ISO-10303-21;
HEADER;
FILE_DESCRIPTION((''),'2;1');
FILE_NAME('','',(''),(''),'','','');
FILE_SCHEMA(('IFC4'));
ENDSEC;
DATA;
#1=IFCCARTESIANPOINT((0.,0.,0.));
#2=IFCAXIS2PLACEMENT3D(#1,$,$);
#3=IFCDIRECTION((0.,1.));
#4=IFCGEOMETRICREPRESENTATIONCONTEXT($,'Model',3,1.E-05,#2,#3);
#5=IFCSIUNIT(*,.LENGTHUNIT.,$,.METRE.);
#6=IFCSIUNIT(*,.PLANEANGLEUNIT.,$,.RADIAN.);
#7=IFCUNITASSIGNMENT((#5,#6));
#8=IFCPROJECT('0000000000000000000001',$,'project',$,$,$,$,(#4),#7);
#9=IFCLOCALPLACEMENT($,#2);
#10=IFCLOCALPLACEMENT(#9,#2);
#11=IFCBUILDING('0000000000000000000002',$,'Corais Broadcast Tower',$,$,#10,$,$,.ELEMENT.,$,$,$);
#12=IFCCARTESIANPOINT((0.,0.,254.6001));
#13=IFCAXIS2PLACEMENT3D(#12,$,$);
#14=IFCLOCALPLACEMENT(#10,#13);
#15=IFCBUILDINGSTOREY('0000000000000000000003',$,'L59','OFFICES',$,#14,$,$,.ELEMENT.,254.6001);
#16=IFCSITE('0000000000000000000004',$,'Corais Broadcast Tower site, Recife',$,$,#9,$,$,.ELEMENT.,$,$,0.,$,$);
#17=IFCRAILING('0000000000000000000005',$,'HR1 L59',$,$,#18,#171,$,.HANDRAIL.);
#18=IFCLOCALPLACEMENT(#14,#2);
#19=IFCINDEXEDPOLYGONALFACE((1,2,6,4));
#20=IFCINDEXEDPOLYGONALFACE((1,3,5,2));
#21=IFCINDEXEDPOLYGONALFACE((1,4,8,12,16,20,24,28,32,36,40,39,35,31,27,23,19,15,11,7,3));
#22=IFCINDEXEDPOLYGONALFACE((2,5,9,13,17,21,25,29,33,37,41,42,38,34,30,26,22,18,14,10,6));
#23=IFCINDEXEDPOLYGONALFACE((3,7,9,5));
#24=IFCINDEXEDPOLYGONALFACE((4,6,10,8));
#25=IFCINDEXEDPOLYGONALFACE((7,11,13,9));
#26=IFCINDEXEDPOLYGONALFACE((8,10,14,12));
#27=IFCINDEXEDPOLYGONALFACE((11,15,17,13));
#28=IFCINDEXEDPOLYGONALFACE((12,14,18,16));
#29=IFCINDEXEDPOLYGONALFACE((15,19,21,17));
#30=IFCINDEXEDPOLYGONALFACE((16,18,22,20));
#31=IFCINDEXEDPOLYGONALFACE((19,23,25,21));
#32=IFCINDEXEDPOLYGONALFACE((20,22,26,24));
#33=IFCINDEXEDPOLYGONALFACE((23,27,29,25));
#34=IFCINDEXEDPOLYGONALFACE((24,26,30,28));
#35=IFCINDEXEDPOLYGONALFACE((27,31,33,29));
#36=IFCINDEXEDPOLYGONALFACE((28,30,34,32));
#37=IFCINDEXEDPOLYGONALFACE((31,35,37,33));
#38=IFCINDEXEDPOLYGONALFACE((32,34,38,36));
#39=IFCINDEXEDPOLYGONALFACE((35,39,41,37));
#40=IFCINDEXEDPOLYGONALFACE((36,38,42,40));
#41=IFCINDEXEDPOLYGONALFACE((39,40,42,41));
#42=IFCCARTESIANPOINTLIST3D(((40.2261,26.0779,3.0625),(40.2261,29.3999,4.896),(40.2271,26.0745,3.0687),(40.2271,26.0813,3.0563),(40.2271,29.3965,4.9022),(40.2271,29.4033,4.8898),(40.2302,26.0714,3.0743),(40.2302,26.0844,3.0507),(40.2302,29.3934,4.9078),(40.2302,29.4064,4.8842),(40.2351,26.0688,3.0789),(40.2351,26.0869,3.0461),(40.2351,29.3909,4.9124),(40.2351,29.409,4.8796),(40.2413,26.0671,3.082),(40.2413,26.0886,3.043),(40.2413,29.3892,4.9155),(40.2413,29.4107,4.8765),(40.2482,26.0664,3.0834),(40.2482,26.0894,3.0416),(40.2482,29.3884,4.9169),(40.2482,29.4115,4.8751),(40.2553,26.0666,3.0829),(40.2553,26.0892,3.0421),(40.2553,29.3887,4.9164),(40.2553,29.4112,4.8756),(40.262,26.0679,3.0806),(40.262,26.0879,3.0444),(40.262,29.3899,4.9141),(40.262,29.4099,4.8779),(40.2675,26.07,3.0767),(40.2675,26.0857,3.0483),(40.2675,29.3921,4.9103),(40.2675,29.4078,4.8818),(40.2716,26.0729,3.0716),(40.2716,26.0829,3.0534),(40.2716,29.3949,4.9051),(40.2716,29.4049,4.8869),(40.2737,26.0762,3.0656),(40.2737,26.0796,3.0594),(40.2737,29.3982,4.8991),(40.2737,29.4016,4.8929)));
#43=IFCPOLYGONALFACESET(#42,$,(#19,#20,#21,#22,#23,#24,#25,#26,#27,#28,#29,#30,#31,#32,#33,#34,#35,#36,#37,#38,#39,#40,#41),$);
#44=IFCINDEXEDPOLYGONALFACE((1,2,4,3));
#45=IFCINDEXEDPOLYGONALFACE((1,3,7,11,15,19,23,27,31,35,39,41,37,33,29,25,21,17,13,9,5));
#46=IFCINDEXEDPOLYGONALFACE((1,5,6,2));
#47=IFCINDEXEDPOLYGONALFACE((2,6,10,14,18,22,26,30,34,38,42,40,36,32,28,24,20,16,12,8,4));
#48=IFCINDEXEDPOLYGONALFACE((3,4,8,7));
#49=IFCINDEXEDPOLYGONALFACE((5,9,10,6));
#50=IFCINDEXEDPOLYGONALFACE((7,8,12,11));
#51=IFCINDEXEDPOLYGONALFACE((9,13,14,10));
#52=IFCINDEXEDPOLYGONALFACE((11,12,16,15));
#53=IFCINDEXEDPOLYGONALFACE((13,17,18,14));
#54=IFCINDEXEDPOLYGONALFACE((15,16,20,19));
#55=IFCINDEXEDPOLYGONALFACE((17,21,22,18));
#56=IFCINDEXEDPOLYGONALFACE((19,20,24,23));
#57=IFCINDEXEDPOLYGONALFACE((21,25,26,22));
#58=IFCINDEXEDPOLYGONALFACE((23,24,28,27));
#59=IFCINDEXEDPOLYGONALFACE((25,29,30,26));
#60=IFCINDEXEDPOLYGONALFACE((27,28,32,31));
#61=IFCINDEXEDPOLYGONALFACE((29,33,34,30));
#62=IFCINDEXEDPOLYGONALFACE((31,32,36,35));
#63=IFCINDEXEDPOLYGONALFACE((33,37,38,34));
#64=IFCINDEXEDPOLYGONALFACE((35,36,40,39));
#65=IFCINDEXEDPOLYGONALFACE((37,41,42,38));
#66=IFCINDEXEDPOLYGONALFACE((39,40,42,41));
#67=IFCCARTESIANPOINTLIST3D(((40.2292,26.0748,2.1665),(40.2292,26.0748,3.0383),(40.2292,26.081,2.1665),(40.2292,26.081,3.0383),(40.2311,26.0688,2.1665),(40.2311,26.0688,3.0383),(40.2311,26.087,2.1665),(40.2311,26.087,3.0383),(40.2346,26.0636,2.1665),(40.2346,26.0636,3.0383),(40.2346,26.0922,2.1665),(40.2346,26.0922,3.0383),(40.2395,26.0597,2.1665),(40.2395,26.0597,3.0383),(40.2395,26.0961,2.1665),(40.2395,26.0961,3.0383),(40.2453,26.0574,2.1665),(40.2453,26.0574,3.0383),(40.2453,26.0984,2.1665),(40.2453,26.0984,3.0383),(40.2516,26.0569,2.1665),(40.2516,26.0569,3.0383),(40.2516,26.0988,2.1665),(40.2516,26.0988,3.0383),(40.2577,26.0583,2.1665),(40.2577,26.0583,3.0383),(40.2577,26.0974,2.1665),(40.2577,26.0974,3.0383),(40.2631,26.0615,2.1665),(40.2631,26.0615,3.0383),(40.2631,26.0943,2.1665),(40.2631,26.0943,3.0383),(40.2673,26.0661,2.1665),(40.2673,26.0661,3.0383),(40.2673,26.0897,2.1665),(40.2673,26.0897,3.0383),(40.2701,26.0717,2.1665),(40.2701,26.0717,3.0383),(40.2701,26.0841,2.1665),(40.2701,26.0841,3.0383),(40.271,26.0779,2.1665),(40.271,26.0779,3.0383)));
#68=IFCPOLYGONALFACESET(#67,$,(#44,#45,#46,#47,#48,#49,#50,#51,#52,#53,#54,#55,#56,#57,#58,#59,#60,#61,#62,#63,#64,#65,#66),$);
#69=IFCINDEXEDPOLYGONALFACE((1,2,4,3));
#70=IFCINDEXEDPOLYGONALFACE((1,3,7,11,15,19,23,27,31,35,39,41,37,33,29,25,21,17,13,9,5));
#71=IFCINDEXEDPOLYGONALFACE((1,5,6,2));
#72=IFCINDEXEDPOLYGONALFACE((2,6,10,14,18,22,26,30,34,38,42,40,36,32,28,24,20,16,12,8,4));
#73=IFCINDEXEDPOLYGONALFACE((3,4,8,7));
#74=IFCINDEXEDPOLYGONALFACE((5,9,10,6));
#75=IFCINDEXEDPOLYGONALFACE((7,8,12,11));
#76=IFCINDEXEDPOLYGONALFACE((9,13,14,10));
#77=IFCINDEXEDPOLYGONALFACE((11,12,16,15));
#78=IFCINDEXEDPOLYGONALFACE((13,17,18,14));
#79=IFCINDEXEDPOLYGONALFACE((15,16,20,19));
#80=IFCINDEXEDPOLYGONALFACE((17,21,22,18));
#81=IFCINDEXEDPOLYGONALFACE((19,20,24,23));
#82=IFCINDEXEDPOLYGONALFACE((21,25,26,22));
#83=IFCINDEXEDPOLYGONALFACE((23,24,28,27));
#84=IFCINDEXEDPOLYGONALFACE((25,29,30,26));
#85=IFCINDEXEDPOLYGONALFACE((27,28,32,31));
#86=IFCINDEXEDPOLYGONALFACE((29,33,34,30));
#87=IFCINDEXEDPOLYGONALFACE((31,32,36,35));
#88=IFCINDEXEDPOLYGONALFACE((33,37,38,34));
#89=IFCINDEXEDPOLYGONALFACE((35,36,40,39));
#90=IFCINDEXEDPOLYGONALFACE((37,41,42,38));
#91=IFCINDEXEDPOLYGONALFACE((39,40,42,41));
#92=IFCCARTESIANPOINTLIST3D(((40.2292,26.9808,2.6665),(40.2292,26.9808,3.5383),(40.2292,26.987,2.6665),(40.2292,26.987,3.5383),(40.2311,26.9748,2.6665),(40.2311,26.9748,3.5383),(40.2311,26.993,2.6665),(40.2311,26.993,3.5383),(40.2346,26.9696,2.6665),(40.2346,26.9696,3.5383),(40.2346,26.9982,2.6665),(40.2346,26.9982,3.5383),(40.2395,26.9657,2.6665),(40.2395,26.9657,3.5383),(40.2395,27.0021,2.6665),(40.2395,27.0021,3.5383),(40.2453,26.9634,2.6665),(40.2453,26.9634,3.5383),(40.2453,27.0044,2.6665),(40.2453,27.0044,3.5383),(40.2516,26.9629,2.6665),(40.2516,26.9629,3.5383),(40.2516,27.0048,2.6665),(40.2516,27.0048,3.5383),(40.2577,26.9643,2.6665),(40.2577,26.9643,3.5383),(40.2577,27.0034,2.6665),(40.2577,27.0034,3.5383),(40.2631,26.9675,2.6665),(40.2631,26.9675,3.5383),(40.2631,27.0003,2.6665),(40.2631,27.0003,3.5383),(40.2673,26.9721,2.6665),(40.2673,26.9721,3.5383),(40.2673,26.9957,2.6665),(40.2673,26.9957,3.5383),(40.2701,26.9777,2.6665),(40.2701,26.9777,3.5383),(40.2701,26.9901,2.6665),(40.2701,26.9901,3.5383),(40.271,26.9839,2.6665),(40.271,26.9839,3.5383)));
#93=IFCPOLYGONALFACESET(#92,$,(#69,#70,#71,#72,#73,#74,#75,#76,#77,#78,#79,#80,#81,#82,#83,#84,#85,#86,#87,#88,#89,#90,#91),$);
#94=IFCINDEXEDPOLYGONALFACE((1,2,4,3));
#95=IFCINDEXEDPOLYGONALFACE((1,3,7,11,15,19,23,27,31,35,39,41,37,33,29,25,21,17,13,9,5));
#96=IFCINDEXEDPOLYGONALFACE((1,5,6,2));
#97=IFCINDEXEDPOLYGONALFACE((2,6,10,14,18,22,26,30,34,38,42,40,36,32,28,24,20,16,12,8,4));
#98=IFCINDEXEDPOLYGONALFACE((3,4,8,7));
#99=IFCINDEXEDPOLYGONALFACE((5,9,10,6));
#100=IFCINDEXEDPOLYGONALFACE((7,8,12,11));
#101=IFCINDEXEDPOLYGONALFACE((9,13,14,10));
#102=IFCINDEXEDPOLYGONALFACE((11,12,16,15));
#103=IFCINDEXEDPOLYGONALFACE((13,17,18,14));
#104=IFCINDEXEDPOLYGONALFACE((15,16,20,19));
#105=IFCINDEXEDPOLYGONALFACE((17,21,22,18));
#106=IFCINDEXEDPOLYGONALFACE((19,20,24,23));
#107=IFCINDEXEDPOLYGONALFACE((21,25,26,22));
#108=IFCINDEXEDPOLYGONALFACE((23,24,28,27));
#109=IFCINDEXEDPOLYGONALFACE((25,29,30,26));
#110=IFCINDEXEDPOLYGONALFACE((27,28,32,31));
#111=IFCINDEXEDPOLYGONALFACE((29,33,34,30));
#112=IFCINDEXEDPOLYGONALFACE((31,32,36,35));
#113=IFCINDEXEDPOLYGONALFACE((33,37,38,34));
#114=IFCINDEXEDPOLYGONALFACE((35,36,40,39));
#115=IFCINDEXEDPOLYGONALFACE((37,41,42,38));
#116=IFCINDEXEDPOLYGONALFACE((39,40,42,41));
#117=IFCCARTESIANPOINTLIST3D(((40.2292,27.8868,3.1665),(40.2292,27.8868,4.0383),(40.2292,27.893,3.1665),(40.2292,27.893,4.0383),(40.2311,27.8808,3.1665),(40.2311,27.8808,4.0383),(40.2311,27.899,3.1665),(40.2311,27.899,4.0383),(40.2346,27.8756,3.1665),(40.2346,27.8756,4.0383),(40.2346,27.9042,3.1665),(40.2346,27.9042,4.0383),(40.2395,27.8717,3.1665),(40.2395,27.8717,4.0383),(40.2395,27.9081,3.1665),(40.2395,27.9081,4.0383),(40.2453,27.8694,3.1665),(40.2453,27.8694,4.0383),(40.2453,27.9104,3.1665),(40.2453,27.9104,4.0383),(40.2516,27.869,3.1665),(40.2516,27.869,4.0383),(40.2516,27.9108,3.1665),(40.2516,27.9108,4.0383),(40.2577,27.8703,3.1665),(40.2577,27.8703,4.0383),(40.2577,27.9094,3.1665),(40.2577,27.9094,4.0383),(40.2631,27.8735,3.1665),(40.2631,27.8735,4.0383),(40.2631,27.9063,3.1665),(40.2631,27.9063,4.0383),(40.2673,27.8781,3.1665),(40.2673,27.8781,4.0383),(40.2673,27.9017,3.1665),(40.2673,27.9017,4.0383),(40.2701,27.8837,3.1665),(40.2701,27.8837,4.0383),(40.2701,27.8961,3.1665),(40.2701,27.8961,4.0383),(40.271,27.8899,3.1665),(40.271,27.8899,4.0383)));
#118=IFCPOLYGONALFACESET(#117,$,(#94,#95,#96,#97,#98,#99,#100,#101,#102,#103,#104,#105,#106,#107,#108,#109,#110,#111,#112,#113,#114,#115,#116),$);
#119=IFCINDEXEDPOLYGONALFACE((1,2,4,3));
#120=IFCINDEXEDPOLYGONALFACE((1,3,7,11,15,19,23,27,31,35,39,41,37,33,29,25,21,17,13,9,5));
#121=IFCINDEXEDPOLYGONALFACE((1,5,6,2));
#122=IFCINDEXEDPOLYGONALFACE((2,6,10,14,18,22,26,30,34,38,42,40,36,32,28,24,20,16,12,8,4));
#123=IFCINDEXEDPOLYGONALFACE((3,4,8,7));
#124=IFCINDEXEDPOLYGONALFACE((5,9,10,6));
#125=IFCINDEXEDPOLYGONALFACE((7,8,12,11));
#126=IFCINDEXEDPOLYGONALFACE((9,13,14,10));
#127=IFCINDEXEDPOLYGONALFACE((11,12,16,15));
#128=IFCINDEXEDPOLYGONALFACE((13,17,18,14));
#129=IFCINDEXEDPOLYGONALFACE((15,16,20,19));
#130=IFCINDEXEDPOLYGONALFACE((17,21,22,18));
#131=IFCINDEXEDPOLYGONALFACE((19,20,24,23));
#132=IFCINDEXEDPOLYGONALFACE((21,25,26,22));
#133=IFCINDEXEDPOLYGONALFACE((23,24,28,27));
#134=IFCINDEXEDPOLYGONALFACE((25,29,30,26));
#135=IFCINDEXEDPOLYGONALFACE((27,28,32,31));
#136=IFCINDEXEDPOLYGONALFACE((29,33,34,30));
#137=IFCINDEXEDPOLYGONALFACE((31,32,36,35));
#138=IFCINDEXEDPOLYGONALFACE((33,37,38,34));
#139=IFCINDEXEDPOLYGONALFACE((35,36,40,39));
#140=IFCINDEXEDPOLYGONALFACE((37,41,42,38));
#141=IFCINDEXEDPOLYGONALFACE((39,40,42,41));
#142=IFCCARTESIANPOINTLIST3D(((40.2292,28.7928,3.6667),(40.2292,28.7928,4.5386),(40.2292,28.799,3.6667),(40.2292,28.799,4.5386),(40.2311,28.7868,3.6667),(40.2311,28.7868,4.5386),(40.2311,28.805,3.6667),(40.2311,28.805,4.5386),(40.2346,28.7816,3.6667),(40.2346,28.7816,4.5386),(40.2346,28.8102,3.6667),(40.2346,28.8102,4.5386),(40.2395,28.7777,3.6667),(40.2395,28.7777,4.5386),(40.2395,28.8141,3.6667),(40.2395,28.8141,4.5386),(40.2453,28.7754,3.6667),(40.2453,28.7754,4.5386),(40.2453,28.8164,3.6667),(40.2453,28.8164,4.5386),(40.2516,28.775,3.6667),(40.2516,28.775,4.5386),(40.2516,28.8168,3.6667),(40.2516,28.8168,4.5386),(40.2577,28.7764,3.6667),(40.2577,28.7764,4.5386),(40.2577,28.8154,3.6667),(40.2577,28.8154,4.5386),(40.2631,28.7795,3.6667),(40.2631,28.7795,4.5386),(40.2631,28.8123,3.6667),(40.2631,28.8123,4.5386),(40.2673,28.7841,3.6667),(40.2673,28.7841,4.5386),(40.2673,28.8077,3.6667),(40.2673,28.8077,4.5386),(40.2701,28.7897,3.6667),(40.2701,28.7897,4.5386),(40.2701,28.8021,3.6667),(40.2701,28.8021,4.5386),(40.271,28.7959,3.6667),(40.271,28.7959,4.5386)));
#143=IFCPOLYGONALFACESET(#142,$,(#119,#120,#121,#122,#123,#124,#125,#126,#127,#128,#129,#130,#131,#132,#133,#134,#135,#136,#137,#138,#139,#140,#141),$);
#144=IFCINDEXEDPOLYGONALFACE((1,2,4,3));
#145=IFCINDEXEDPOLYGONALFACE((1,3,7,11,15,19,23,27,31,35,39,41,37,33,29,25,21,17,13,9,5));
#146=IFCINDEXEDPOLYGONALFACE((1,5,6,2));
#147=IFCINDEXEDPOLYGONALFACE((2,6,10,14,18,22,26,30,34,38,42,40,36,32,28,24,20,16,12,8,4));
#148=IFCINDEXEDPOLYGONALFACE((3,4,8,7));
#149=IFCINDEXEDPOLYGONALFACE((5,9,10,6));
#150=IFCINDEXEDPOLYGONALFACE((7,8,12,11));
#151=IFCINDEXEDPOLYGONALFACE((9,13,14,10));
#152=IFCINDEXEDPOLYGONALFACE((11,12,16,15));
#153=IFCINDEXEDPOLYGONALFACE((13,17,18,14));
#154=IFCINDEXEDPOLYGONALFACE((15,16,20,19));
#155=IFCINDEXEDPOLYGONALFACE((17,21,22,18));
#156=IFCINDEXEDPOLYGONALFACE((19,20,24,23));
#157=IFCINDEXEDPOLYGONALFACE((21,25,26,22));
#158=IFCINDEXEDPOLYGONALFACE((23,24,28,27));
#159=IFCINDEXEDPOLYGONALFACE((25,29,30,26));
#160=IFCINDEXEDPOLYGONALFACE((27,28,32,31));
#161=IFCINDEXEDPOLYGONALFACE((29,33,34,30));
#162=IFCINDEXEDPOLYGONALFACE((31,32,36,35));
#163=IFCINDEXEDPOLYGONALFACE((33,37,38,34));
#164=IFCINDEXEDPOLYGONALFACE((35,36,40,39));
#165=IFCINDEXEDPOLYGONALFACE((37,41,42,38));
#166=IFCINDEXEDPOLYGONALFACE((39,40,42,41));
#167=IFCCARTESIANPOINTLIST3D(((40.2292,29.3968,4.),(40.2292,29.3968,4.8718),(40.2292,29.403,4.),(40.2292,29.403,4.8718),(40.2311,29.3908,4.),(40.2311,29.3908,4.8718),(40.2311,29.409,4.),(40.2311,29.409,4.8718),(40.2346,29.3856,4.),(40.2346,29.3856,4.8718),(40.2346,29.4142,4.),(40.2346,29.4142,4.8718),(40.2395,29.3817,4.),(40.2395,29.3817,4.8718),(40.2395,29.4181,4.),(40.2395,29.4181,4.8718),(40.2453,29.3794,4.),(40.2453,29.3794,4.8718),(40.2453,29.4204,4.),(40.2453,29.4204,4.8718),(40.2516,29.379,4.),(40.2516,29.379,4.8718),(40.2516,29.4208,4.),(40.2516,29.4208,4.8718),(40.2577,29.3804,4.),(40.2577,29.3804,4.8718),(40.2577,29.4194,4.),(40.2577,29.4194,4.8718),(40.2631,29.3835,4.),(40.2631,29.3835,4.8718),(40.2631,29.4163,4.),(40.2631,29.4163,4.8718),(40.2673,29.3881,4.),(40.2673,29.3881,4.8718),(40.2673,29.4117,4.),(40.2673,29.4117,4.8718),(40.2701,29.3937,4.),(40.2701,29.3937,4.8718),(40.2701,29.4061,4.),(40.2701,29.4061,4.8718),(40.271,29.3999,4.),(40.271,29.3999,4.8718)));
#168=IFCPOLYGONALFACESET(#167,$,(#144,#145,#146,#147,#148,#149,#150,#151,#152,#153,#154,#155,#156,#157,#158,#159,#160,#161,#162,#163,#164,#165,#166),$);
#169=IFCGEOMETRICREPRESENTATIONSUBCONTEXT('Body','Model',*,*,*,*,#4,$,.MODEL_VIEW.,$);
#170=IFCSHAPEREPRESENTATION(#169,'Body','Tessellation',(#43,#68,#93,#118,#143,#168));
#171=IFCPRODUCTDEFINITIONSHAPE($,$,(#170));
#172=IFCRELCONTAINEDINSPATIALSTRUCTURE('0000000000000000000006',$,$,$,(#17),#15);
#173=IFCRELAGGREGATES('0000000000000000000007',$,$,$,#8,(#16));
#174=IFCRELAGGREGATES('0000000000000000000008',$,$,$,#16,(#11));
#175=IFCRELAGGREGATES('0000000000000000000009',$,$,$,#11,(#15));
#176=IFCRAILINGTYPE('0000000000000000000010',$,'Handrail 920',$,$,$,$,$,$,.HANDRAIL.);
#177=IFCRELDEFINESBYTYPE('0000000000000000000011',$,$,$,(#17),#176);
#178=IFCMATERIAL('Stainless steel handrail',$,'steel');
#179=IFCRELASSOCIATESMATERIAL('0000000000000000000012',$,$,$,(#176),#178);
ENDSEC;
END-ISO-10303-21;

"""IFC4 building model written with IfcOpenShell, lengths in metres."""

from ifc_helpers import new_model, si_unit, direction, frame, origin, origin_2d, place, context, subcontext, project, spatial, circle, extrude, material, type_object, element, save


model = new_model("IFC4")

# Units and contexts
model_context = context("Model", 3, precision=1e-05, world=origin(), true_north=direction((0.0, 1.0)))
body_context = subcontext(model_context, "Body", "Model", "MODEL_VIEW")
ifc_project = project(units=[si_unit("LENGTHUNIT", "METRE"), si_unit("PLANEANGLEUNIT", "RADIAN")], contexts=[model_context])

# Site, building, storey
site_placement = place(None, origin())
site = spatial("IfcSite", under=ifc_project, at=site_placement, Name="Corais Broadcast Tower site, Recife", CompositionType="ELEMENT", RefElevation=0.0)
building_placement = place(site_placement, origin())
building = spatial("IfcBuilding", under=site, at=building_placement, Name="Corais Broadcast Tower", CompositionType="ELEMENT")
storey_placement = place(building_placement, frame((0.0, 0.0, 254.6001)))
storey = spatial("IfcBuildingStorey", under=building, at=storey_placement, Name="L59", Description="OFFICES", CompositionType="ELEMENT", Elevation=254.6001)

# Railing
ifc_material_1 = material(Name="Stainless steel handrail", Category="steel")
railing_type = type_object("IfcRailingType", Name="Handrail 920", PredefinedType="HANDRAIL", material=ifc_material_1)
for number, where, name in (
    (1, (40.25, 26.0779, 2.1665), "HR1 L59"),
):
    element("IfcRailing", number, at=place(storey_placement, frame(where)), inside=storey, type_object=railing_type, Name=name, PredefinedType="HANDRAIL", context=body_context, shape_type="SweptSolid", body=[
        extrude(circle(Radius=0.0239, at=origin_2d()), frame((0.0, 0.0, 0.896), z_axis=(0.0, 0.875504, 0.48321), x_axis=(-1.0, 0.0, 0.0)), (0.0, 0.0, 1.0), 3.7944),
        extrude(circle(Radius=0.021, at=origin_2d()), origin(), (0.0, 0.0, 1.0), 0.8718),
        extrude(circle(Radius=0.021, at=origin_2d()), frame((0.0, 0.906, 0.5)), (0.0, 0.0, 1.0), 0.8718),
        extrude(circle(Radius=0.021, at=origin_2d()), frame((0.0, 1.812, 1.0)), (0.0, 0.0, 1.0), 0.8718),
        extrude(circle(Radius=0.021, at=origin_2d()), frame((0.0, 2.718, 1.5002)), (0.0, 0.0, 1.0), 0.8718),
        extrude(circle(Radius=0.021, at=origin_2d()), frame((0.0, 3.322, 1.8335)), (0.0, 0.0, 1.0), 0.8718),
    ])

save(model, "model.ifc")
